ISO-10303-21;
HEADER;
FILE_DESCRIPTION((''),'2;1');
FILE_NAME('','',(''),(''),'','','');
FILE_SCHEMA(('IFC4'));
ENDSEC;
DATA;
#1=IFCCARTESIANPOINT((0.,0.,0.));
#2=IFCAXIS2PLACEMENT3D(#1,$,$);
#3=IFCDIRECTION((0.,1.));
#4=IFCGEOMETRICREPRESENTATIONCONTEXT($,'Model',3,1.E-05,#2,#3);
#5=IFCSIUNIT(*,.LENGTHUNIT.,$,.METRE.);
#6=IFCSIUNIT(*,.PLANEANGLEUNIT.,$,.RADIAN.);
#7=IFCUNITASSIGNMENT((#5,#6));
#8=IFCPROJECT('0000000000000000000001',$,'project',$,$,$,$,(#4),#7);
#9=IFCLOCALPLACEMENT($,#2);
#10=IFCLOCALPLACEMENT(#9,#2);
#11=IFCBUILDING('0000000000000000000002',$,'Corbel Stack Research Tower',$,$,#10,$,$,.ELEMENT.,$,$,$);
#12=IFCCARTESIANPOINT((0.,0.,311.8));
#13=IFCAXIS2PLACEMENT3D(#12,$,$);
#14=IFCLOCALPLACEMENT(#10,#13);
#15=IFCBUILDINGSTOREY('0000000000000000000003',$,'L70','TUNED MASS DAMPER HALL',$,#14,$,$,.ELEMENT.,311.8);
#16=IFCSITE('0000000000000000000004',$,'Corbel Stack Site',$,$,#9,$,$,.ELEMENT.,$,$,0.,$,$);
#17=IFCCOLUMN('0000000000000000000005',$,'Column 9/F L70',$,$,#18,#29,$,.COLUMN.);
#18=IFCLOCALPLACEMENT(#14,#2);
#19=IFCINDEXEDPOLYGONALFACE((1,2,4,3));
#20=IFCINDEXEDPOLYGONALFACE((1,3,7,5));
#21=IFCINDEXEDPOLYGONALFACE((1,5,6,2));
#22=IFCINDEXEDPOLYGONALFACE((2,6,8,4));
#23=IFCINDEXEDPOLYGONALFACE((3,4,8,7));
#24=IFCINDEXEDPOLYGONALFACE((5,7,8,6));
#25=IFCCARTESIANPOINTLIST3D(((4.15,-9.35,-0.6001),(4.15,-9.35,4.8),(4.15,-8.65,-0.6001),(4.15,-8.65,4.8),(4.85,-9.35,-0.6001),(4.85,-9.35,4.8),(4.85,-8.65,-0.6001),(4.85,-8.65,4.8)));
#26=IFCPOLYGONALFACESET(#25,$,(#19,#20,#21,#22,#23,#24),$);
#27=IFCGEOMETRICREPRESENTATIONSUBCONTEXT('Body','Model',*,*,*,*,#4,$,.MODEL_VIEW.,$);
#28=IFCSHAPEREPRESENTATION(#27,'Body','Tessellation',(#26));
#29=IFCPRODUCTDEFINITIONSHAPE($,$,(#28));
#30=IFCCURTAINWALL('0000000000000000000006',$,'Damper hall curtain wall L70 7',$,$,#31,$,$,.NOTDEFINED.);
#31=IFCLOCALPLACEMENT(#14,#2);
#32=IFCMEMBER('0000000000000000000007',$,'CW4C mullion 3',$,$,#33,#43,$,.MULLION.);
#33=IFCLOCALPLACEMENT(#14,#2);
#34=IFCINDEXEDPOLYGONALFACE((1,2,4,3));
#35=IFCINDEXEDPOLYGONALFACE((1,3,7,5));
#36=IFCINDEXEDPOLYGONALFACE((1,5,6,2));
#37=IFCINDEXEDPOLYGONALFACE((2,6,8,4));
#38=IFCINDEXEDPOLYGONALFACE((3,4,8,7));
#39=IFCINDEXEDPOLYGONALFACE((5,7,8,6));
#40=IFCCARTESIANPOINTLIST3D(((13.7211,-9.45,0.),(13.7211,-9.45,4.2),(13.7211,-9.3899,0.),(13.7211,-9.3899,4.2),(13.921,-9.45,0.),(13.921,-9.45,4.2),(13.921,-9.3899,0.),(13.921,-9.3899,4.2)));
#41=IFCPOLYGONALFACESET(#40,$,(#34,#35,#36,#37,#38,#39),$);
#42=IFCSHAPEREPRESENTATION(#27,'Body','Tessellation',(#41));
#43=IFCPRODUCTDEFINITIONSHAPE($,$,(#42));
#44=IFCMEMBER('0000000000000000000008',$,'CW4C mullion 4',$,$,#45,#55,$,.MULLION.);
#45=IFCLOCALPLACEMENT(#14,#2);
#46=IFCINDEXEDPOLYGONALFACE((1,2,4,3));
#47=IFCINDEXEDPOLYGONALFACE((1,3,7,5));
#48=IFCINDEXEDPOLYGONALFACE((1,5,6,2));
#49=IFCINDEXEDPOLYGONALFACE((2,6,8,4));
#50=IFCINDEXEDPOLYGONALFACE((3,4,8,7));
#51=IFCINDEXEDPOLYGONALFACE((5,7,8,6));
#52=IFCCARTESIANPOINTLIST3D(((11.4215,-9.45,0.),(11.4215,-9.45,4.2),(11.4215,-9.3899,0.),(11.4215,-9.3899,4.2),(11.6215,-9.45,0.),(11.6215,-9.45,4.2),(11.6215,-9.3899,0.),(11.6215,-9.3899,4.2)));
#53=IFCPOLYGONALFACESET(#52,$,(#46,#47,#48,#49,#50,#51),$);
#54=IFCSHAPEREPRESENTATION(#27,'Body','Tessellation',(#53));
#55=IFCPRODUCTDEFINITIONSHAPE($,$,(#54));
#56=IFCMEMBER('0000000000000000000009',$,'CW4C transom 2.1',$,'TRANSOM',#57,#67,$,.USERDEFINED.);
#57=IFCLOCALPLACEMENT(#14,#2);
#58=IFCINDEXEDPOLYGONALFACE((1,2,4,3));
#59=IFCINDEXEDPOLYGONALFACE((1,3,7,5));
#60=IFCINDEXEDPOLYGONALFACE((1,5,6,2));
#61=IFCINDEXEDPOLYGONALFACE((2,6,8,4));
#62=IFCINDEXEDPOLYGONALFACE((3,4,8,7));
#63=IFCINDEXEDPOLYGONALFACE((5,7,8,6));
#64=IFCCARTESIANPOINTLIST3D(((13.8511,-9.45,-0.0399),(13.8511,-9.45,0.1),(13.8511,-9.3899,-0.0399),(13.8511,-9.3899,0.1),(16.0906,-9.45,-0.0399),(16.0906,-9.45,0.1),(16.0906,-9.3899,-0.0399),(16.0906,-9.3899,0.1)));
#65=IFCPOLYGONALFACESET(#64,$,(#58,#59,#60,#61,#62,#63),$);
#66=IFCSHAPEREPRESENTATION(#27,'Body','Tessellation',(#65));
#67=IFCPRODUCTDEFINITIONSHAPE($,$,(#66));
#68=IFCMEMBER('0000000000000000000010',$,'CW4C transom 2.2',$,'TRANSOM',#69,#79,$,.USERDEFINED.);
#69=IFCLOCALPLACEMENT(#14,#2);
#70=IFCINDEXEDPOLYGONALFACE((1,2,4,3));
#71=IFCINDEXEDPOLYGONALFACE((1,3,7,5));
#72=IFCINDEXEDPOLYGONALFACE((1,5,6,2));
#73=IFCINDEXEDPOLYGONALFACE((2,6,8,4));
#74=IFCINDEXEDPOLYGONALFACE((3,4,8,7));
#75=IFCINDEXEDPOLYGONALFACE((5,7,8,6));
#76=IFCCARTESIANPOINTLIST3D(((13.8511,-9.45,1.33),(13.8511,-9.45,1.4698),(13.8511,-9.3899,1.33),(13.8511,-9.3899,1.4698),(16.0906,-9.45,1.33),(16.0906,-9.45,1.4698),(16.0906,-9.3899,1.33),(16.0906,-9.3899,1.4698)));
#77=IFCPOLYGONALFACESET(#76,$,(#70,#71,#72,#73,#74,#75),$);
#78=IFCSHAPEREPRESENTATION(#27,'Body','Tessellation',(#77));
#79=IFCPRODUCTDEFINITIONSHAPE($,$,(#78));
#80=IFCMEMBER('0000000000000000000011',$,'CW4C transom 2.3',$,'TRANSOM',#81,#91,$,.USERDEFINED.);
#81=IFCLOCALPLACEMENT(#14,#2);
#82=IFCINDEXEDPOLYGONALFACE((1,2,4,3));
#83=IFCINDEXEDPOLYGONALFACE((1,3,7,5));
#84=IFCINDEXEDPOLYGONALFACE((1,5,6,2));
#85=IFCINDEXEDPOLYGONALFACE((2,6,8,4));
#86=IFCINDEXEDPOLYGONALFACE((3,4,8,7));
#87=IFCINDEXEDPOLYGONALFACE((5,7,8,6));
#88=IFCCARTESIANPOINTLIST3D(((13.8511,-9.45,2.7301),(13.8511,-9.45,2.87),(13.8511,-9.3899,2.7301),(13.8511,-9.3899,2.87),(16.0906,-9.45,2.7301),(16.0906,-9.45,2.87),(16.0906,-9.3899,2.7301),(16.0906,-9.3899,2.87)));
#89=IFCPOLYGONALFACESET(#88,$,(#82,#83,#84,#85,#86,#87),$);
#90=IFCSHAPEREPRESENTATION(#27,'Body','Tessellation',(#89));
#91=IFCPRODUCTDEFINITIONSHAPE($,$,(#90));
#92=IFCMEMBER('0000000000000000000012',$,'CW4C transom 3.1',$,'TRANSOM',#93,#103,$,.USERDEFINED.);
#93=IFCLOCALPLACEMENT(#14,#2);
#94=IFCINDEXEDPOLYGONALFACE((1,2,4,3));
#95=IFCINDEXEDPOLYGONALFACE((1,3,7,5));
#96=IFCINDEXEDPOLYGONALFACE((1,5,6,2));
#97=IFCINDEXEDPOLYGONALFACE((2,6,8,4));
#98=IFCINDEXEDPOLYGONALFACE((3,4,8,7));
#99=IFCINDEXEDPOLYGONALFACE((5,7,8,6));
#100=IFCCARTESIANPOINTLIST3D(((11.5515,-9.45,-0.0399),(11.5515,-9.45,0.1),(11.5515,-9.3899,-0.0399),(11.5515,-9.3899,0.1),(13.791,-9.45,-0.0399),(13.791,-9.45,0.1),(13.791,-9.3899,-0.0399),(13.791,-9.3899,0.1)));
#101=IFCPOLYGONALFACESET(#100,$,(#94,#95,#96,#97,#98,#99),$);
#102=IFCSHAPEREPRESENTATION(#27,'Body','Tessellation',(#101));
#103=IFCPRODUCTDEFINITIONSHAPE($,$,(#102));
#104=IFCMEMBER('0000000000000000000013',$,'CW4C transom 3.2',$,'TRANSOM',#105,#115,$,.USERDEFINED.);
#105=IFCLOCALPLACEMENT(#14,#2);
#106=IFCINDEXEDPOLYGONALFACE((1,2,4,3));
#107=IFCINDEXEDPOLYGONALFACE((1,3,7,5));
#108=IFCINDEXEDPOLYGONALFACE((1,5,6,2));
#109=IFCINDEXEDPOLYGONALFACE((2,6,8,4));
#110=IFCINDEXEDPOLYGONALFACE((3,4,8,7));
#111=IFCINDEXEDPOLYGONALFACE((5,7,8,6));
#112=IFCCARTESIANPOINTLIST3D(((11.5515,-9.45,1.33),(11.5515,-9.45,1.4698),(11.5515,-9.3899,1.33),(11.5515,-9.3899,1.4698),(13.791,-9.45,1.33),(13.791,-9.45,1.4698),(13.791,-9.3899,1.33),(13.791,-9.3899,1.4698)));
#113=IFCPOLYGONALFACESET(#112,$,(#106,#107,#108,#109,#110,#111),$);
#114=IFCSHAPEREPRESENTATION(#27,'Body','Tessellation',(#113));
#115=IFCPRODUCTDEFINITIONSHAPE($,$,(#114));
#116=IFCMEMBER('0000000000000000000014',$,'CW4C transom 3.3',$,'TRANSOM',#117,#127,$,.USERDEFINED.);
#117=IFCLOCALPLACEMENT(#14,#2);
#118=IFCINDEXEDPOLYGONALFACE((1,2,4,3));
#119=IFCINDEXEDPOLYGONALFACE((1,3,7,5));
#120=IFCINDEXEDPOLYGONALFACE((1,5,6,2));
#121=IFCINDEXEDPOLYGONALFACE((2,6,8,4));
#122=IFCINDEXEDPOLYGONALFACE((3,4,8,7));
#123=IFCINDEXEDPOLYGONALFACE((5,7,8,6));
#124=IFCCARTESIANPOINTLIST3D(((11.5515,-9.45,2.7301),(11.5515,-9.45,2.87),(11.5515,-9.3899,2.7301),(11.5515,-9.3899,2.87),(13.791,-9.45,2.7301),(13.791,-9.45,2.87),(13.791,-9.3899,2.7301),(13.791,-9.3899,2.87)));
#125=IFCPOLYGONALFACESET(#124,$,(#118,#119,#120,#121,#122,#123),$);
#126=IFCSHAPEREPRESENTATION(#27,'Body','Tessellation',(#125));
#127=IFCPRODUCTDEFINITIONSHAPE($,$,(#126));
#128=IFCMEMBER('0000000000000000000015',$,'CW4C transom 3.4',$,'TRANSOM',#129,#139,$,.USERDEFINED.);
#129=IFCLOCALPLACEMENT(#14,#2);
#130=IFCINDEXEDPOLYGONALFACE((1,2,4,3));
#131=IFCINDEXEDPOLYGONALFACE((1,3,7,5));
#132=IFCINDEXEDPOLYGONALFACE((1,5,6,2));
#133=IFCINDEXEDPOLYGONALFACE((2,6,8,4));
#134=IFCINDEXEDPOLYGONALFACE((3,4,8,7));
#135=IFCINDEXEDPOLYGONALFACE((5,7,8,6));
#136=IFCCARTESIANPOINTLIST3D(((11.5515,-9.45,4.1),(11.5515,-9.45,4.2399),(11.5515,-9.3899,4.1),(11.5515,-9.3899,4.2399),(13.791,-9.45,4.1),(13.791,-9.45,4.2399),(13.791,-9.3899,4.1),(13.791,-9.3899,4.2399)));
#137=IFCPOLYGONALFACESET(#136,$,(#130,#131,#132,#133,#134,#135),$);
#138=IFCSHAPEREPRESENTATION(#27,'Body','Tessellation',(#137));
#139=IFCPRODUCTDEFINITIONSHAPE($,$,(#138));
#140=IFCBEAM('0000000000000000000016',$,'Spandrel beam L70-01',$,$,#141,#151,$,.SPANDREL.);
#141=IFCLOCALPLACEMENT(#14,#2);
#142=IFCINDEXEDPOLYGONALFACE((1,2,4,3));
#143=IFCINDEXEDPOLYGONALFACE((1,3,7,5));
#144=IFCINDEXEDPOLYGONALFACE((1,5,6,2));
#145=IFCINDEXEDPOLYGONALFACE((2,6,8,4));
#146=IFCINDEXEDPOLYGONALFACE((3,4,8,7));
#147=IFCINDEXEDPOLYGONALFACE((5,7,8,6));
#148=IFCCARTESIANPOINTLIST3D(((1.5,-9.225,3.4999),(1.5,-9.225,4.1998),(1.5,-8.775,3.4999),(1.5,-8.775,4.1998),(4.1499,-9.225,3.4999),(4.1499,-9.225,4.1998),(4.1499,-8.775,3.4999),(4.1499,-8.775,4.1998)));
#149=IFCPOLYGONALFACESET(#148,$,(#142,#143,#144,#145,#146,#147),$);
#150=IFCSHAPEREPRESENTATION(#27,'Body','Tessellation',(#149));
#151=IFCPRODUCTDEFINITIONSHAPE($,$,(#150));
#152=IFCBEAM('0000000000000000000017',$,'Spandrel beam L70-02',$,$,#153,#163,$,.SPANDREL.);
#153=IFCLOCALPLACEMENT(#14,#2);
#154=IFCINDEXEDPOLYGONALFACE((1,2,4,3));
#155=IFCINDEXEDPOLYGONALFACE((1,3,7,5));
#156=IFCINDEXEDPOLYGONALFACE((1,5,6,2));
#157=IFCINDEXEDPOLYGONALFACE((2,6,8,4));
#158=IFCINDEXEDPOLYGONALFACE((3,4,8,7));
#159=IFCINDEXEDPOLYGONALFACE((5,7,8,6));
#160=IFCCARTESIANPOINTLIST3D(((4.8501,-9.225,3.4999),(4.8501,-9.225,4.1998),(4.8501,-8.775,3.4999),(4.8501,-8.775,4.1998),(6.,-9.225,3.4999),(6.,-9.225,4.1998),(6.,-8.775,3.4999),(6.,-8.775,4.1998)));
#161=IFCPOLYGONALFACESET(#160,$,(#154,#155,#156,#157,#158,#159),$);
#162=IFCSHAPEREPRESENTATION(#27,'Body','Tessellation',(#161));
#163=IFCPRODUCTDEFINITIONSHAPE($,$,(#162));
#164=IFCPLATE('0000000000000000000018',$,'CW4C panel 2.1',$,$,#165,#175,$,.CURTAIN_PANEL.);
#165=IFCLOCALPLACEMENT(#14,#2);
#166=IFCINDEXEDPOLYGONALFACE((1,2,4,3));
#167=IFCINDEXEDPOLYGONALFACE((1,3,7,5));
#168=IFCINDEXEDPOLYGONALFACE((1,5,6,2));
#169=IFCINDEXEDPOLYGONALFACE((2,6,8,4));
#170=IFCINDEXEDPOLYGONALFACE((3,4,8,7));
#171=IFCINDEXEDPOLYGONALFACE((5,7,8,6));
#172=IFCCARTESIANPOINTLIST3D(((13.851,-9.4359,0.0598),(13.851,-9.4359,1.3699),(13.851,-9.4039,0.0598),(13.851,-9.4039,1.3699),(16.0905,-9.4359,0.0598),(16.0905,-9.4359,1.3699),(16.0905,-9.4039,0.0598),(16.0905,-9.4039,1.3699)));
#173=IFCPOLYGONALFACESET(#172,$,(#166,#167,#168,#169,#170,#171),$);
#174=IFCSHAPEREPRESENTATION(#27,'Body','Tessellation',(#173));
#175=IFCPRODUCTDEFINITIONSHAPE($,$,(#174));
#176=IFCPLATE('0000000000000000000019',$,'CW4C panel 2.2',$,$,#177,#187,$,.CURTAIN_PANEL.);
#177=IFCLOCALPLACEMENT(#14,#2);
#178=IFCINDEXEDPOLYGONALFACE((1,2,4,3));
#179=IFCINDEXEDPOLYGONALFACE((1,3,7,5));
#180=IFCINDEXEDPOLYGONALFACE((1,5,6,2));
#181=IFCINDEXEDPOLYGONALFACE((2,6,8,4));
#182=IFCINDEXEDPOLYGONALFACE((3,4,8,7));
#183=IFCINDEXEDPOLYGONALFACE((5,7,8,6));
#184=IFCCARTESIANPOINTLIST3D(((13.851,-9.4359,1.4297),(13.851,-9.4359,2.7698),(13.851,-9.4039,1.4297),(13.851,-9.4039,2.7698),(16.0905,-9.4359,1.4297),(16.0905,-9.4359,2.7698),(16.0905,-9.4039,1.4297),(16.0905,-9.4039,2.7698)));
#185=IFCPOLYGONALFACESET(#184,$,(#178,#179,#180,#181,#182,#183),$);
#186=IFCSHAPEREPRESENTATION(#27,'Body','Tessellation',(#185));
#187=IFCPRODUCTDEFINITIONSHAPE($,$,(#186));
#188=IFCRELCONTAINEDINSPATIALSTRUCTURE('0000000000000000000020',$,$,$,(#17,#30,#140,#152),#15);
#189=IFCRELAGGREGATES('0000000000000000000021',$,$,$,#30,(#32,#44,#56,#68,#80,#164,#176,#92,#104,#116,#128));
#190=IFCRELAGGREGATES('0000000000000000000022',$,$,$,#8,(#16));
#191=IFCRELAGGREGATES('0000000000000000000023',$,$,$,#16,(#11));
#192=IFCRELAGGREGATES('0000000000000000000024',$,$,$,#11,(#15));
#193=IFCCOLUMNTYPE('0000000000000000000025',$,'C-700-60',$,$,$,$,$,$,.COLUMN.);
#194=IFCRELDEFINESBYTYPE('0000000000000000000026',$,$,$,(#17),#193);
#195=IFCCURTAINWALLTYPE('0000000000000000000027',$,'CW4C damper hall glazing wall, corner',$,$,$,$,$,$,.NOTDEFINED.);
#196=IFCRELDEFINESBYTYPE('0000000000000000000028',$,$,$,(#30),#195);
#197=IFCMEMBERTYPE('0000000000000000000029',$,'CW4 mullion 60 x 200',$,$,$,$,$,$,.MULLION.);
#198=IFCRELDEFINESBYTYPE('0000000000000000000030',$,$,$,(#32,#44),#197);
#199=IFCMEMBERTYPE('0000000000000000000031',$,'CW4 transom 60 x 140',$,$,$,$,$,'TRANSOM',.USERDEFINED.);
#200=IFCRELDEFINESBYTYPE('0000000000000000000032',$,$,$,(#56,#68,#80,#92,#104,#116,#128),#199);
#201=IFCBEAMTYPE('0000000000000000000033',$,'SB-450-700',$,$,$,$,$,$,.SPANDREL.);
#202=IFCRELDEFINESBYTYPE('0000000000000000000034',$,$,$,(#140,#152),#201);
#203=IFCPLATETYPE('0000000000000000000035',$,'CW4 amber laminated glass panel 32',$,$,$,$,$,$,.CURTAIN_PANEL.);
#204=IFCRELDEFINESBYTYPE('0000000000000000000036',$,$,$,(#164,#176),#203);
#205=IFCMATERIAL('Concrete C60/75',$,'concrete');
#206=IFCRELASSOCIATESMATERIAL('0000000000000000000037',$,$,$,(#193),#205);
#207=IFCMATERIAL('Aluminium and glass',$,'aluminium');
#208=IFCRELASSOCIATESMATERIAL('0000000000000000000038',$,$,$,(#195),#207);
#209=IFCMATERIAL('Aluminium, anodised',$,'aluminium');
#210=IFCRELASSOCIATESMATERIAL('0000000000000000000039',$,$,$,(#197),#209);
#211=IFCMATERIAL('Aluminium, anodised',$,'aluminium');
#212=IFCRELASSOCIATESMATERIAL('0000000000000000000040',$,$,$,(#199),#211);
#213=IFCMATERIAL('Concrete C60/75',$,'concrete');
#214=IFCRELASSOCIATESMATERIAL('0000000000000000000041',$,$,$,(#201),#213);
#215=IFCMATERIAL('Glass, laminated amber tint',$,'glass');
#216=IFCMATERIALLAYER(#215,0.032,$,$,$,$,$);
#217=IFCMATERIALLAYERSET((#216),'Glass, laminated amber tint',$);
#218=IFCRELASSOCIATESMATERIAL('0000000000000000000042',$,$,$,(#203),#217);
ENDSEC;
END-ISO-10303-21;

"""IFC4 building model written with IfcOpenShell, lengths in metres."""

from ifc_helpers import new_model, si_unit, direction, frame, origin, origin_2d, place, context, subcontext, project, spatial, rectangle, extrude, material, layer, layer_set, material_profile, profile_set, type_object, element, aggregate, save


model = new_model("IFC4")

# Units and contexts
model_context = context("Model", 3, precision=1e-05, world=origin(), true_north=direction((0.0, 1.0)))
body_context = subcontext(model_context, "Body", "Model", "MODEL_VIEW")
ifc_project = project(units=[si_unit("LENGTHUNIT", "METRE"), si_unit("PLANEANGLEUNIT", "RADIAN")], contexts=[model_context])

# Site, building, storey
site_placement = place(None, origin())
site = spatial("IfcSite", under=ifc_project, at=site_placement, Name="Corbel Stack Site", CompositionType="ELEMENT", RefElevation=0.0)
building_placement = place(site_placement, origin())
building = spatial("IfcBuilding", under=site, at=building_placement, Name="Corbel Stack Research Tower", CompositionType="ELEMENT")
storey_placement = place(building_placement, frame((0.0, 0.0, 311.8)))
storey = spatial("IfcBuildingStorey", under=building, at=storey_placement, Name="L70", Description="TUNED MASS DAMPER HALL", CompositionType="ELEMENT", Elevation=311.8)

# Column
ifc_material_1 = material(Name="Concrete C60/75", Category="concrete")
ifc_material_profile_1 = material_profile(ifc_material_1, rectangle(XDim=0.7, YDim=0.7, at=origin_2d()), Name="RC 700 x 700")
ifc_profile_set_1 = profile_set([ifc_material_profile_1], Name="Concrete C60/75")
column_type = type_object("IfcColumnType", Name="C-700-60", PredefinedType="COLUMN", material=ifc_profile_set_1)
column_placement = place(storey_placement, frame((4.5, -9.0, -0.6001), z_axis=(0.0, 0.0, 1.0), x_axis=(1.0, 0.0, 0.0)))
element("IfcColumn", 1, at=column_placement, inside=storey, type_object=column_type, Name="Column 9/F L70", PredefinedType="COLUMN", context=body_context, shape_type="SweptSolid", body=[
    extrude(rectangle(XDim=0.7, YDim=0.7, at=origin_2d()), origin(), (0.0, 0.0, 1.0), 5.4001),
])

# Curtain wall, members
ifc_material_2 = material(Name="Aluminium and glass", Category="aluminium")
curtain_wall_type = type_object("IfcCurtainWallType", Name="CW4C damper hall glazing wall, corner", PredefinedType="NOTDEFINED", material=ifc_material_2)
curtain_wall_placement = place(storey_placement, origin())
curtain_wall = element("IfcCurtainWall", 2, at=curtain_wall_placement, inside=storey, type_object=curtain_wall_type, Name="Damper hall curtain wall L70 7", PredefinedType="NOTDEFINED")
ifc_material_3 = material(Name="Aluminium, anodised", Category="aluminium")
ifc_material_profile_2 = material_profile(ifc_material_3, rectangle(XDim=0.0601, YDim=0.2, at=origin_2d()), Name="CW4 mullion 60 x 200")
ifc_profile_set_2 = profile_set([ifc_material_profile_2], Name="Aluminium, anodised")
member_type_1 = type_object("IfcMemberType", Name="CW4 mullion 60 x 200", PredefinedType="MULLION", material=ifc_profile_set_2)
member_1_placement = place(storey_placement, frame((13.821, -9.4199, 0.0), z_axis=(0.0, 0.0, 1.0), x_axis=(0.0, -1.0, 0.0)))
member_1 = element("IfcMember", 3, at=member_1_placement, type_object=member_type_1, Name="CW4C mullion 3", PredefinedType="MULLION", context=body_context, shape_type="SweptSolid", body=[
    extrude(rectangle(XDim=0.0601, YDim=0.2, at=origin_2d()), origin(), (0.0, 0.0, 1.0), 4.2),
])
member_2_placement = place(storey_placement, frame((11.5215, -9.4199, 0.0), z_axis=(0.0, 0.0, 1.0), x_axis=(0.0, -1.0, 0.0)))
member_2 = element("IfcMember", 4, at=member_2_placement, type_object=member_type_1, Name="CW4C mullion 4", PredefinedType="MULLION", context=body_context, shape_type="SweptSolid", body=[
    extrude(rectangle(XDim=0.0601, YDim=0.2, at=origin_2d()), origin(), (0.0, 0.0, 1.0), 4.2),
])
ifc_material_4 = material(Name="Aluminium, anodised", Category="aluminium")
ifc_material_profile_3 = material_profile(ifc_material_4, rectangle(XDim=0.0601, YDim=0.1399, at=origin_2d()), Name="CW4 transom 60 x 140")
ifc_profile_set_3 = profile_set([ifc_material_profile_3], Name="Aluminium, anodised")
member_type_2 = type_object("IfcMemberType", Name="CW4 transom 60 x 140", ElementType="TRANSOM", PredefinedType="USERDEFINED", material=ifc_profile_set_3)
member_3_placement = place(storey_placement, frame((16.0906, -9.4199, 0.03), z_axis=(-1.0, 0.0, 0.0), x_axis=(0.0, -1.0, 0.0)))
member_3 = element("IfcMember", 5, at=member_3_placement, type_object=member_type_2, Name="CW4C transom 2.1", ObjectType="TRANSOM", PredefinedType="USERDEFINED", context=body_context, shape_type="SweptSolid", body=[
    extrude(rectangle(XDim=0.0601, YDim=0.1399, at=origin_2d()), origin(), (0.0, 0.0, 1.0), 2.2395),
])
member_4_placement = place(storey_placement, frame((16.0906, -9.4199, 1.3999), z_axis=(-1.0, 0.0, 0.0), x_axis=(0.0, -1.0, 0.0)))
member_4 = element("IfcMember", 6, at=member_4_placement, type_object=member_type_2, Name="CW4C transom 2.2", ObjectType="TRANSOM", PredefinedType="USERDEFINED", context=body_context, shape_type="SweptSolid", body=[
    extrude(rectangle(XDim=0.0601, YDim=0.1399, at=origin_2d()), origin(), (0.0, 0.0, 1.0), 2.2395),
])
member_5_placement = place(storey_placement, frame((16.0906, -9.4199, 2.8), z_axis=(-1.0, 0.0, 0.0), x_axis=(0.0, -1.0, 0.0)))
member_5 = element("IfcMember", 7, at=member_5_placement, type_object=member_type_2, Name="CW4C transom 2.3", ObjectType="TRANSOM", PredefinedType="USERDEFINED", context=body_context, shape_type="SweptSolid", body=[
    extrude(rectangle(XDim=0.0601, YDim=0.1399, at=origin_2d()), origin(), (0.0, 0.0, 1.0), 2.2395),
])
member_6_placement = place(storey_placement, frame((13.791, -9.4199, 0.03), z_axis=(-1.0, 0.0, 0.0), x_axis=(0.0, -1.0, 0.0)))
member_6 = element("IfcMember", 8, at=member_6_placement, type_object=member_type_2, Name="CW4C transom 3.1", ObjectType="TRANSOM", PredefinedType="USERDEFINED", context=body_context, shape_type="SweptSolid", body=[
    extrude(rectangle(XDim=0.0601, YDim=0.1399, at=origin_2d()), origin(), (0.0, 0.0, 1.0), 2.2395),
])
member_7_placement = place(storey_placement, frame((13.791, -9.4199, 1.3999), z_axis=(-1.0, 0.0, 0.0), x_axis=(0.0, -1.0, 0.0)))
member_7 = element("IfcMember", 9, at=member_7_placement, type_object=member_type_2, Name="CW4C transom 3.2", ObjectType="TRANSOM", PredefinedType="USERDEFINED", context=body_context, shape_type="SweptSolid", body=[
    extrude(rectangle(XDim=0.0601, YDim=0.1399, at=origin_2d()), origin(), (0.0, 0.0, 1.0), 2.2395),
])
member_8_placement = place(storey_placement, frame((13.791, -9.4199, 2.8), z_axis=(-1.0, 0.0, 0.0), x_axis=(0.0, -1.0, 0.0)))
member_8 = element("IfcMember", 10, at=member_8_placement, type_object=member_type_2, Name="CW4C transom 3.3", ObjectType="TRANSOM", PredefinedType="USERDEFINED", context=body_context, shape_type="SweptSolid", body=[
    extrude(rectangle(XDim=0.0601, YDim=0.1399, at=origin_2d()), origin(), (0.0, 0.0, 1.0), 2.2395),
])
member_9_placement = place(storey_placement, frame((13.791, -9.4199, 4.1699), z_axis=(-1.0, 0.0, 0.0), x_axis=(0.0, -1.0, 0.0)))
member_9 = element("IfcMember", 11, at=member_9_placement, type_object=member_type_2, Name="CW4C transom 3.4", ObjectType="TRANSOM", PredefinedType="USERDEFINED", context=body_context, shape_type="SweptSolid", body=[
    extrude(rectangle(XDim=0.0601, YDim=0.1399, at=origin_2d()), origin(), (0.0, 0.0, 1.0), 2.2395),
])

# Beams
ifc_material_5 = material(Name="Concrete C60/75", Category="concrete")
ifc_material_profile_4 = material_profile(ifc_material_5, rectangle(XDim=0.45, YDim=0.7, at=origin_2d()), Name="RC 450 x 700")
ifc_profile_set_4 = profile_set([ifc_material_profile_4], Name="Concrete C60/75")
beam_type = type_object("IfcBeamType", Name="SB-450-700", PredefinedType="SPANDREL", material=ifc_profile_set_4)
beam_1_placement = place(storey_placement, frame((1.5, -9.0, 3.8499), z_axis=(1.0, 0.0, 0.0), x_axis=(0.0, 1.0, 0.0)))
element("IfcBeam", 12, at=beam_1_placement, inside=storey, type_object=beam_type, Name="Spandrel beam L70-01", PredefinedType="SPANDREL", context=body_context, shape_type="SweptSolid", body=[
    extrude(rectangle(XDim=0.45, YDim=0.7, at=origin_2d()), origin(), (0.0, 0.0, 1.0), 2.6499),
])
beam_2_placement = place(storey_placement, frame((4.8501, -9.0, 3.8499), z_axis=(1.0, 0.0, 0.0), x_axis=(0.0, 1.0, 0.0)))
element("IfcBeam", 13, at=beam_2_placement, inside=storey, type_object=beam_type, Name="Spandrel beam L70-02", PredefinedType="SPANDREL", context=body_context, shape_type="SweptSolid", body=[
    extrude(rectangle(XDim=0.45, YDim=0.7, at=origin_2d()), origin(), (0.0, 0.0, 1.0), 1.1499),
])

# Plates
ifc_material_6 = material(Name="Glass, laminated amber tint", Category="glass")
ifc_layer = layer(ifc_material_6, 0.032)
ifc_layer_set = layer_set([ifc_layer], Name="Glass, laminated amber tint")
plate_type = type_object("IfcPlateType", Name="CW4 amber laminated glass panel 32", PredefinedType="CURTAIN_PANEL", material=ifc_layer_set)
plate_1_placement = place(storey_placement, frame((14.9707, -9.4199, 0.0598), z_axis=(0.0, 0.0, 1.0), x_axis=(-1.0, 0.0, 0.0)))
plate_1 = element("IfcPlate", 14, at=plate_1_placement, type_object=plate_type, Name="CW4C panel 2.1", PredefinedType="CURTAIN_PANEL", context=body_context, shape_type="SweptSolid", body=[
    extrude(rectangle(XDim=2.2395, YDim=0.032, at=origin_2d()), origin(), (0.0, 0.0, 1.0), 1.3101),
])
plate_2_placement = place(storey_placement, frame((14.9707, -9.4199, 1.4297), z_axis=(0.0, 0.0, 1.0), x_axis=(-1.0, 0.0, 0.0)))
plate_2 = element("IfcPlate", 15, at=plate_2_placement, type_object=plate_type, Name="CW4C panel 2.2", PredefinedType="CURTAIN_PANEL", context=body_context, shape_type="SweptSolid", body=[
    extrude(rectangle(XDim=2.2395, YDim=0.032, at=origin_2d()), origin(), (0.0, 0.0, 1.0), 1.3401),
])
aggregate(curtain_wall, [member_1, member_2, member_3, member_4, member_5, plate_1, plate_2, member_6, member_7, member_8, member_9])

save(model, "model.ifc")
